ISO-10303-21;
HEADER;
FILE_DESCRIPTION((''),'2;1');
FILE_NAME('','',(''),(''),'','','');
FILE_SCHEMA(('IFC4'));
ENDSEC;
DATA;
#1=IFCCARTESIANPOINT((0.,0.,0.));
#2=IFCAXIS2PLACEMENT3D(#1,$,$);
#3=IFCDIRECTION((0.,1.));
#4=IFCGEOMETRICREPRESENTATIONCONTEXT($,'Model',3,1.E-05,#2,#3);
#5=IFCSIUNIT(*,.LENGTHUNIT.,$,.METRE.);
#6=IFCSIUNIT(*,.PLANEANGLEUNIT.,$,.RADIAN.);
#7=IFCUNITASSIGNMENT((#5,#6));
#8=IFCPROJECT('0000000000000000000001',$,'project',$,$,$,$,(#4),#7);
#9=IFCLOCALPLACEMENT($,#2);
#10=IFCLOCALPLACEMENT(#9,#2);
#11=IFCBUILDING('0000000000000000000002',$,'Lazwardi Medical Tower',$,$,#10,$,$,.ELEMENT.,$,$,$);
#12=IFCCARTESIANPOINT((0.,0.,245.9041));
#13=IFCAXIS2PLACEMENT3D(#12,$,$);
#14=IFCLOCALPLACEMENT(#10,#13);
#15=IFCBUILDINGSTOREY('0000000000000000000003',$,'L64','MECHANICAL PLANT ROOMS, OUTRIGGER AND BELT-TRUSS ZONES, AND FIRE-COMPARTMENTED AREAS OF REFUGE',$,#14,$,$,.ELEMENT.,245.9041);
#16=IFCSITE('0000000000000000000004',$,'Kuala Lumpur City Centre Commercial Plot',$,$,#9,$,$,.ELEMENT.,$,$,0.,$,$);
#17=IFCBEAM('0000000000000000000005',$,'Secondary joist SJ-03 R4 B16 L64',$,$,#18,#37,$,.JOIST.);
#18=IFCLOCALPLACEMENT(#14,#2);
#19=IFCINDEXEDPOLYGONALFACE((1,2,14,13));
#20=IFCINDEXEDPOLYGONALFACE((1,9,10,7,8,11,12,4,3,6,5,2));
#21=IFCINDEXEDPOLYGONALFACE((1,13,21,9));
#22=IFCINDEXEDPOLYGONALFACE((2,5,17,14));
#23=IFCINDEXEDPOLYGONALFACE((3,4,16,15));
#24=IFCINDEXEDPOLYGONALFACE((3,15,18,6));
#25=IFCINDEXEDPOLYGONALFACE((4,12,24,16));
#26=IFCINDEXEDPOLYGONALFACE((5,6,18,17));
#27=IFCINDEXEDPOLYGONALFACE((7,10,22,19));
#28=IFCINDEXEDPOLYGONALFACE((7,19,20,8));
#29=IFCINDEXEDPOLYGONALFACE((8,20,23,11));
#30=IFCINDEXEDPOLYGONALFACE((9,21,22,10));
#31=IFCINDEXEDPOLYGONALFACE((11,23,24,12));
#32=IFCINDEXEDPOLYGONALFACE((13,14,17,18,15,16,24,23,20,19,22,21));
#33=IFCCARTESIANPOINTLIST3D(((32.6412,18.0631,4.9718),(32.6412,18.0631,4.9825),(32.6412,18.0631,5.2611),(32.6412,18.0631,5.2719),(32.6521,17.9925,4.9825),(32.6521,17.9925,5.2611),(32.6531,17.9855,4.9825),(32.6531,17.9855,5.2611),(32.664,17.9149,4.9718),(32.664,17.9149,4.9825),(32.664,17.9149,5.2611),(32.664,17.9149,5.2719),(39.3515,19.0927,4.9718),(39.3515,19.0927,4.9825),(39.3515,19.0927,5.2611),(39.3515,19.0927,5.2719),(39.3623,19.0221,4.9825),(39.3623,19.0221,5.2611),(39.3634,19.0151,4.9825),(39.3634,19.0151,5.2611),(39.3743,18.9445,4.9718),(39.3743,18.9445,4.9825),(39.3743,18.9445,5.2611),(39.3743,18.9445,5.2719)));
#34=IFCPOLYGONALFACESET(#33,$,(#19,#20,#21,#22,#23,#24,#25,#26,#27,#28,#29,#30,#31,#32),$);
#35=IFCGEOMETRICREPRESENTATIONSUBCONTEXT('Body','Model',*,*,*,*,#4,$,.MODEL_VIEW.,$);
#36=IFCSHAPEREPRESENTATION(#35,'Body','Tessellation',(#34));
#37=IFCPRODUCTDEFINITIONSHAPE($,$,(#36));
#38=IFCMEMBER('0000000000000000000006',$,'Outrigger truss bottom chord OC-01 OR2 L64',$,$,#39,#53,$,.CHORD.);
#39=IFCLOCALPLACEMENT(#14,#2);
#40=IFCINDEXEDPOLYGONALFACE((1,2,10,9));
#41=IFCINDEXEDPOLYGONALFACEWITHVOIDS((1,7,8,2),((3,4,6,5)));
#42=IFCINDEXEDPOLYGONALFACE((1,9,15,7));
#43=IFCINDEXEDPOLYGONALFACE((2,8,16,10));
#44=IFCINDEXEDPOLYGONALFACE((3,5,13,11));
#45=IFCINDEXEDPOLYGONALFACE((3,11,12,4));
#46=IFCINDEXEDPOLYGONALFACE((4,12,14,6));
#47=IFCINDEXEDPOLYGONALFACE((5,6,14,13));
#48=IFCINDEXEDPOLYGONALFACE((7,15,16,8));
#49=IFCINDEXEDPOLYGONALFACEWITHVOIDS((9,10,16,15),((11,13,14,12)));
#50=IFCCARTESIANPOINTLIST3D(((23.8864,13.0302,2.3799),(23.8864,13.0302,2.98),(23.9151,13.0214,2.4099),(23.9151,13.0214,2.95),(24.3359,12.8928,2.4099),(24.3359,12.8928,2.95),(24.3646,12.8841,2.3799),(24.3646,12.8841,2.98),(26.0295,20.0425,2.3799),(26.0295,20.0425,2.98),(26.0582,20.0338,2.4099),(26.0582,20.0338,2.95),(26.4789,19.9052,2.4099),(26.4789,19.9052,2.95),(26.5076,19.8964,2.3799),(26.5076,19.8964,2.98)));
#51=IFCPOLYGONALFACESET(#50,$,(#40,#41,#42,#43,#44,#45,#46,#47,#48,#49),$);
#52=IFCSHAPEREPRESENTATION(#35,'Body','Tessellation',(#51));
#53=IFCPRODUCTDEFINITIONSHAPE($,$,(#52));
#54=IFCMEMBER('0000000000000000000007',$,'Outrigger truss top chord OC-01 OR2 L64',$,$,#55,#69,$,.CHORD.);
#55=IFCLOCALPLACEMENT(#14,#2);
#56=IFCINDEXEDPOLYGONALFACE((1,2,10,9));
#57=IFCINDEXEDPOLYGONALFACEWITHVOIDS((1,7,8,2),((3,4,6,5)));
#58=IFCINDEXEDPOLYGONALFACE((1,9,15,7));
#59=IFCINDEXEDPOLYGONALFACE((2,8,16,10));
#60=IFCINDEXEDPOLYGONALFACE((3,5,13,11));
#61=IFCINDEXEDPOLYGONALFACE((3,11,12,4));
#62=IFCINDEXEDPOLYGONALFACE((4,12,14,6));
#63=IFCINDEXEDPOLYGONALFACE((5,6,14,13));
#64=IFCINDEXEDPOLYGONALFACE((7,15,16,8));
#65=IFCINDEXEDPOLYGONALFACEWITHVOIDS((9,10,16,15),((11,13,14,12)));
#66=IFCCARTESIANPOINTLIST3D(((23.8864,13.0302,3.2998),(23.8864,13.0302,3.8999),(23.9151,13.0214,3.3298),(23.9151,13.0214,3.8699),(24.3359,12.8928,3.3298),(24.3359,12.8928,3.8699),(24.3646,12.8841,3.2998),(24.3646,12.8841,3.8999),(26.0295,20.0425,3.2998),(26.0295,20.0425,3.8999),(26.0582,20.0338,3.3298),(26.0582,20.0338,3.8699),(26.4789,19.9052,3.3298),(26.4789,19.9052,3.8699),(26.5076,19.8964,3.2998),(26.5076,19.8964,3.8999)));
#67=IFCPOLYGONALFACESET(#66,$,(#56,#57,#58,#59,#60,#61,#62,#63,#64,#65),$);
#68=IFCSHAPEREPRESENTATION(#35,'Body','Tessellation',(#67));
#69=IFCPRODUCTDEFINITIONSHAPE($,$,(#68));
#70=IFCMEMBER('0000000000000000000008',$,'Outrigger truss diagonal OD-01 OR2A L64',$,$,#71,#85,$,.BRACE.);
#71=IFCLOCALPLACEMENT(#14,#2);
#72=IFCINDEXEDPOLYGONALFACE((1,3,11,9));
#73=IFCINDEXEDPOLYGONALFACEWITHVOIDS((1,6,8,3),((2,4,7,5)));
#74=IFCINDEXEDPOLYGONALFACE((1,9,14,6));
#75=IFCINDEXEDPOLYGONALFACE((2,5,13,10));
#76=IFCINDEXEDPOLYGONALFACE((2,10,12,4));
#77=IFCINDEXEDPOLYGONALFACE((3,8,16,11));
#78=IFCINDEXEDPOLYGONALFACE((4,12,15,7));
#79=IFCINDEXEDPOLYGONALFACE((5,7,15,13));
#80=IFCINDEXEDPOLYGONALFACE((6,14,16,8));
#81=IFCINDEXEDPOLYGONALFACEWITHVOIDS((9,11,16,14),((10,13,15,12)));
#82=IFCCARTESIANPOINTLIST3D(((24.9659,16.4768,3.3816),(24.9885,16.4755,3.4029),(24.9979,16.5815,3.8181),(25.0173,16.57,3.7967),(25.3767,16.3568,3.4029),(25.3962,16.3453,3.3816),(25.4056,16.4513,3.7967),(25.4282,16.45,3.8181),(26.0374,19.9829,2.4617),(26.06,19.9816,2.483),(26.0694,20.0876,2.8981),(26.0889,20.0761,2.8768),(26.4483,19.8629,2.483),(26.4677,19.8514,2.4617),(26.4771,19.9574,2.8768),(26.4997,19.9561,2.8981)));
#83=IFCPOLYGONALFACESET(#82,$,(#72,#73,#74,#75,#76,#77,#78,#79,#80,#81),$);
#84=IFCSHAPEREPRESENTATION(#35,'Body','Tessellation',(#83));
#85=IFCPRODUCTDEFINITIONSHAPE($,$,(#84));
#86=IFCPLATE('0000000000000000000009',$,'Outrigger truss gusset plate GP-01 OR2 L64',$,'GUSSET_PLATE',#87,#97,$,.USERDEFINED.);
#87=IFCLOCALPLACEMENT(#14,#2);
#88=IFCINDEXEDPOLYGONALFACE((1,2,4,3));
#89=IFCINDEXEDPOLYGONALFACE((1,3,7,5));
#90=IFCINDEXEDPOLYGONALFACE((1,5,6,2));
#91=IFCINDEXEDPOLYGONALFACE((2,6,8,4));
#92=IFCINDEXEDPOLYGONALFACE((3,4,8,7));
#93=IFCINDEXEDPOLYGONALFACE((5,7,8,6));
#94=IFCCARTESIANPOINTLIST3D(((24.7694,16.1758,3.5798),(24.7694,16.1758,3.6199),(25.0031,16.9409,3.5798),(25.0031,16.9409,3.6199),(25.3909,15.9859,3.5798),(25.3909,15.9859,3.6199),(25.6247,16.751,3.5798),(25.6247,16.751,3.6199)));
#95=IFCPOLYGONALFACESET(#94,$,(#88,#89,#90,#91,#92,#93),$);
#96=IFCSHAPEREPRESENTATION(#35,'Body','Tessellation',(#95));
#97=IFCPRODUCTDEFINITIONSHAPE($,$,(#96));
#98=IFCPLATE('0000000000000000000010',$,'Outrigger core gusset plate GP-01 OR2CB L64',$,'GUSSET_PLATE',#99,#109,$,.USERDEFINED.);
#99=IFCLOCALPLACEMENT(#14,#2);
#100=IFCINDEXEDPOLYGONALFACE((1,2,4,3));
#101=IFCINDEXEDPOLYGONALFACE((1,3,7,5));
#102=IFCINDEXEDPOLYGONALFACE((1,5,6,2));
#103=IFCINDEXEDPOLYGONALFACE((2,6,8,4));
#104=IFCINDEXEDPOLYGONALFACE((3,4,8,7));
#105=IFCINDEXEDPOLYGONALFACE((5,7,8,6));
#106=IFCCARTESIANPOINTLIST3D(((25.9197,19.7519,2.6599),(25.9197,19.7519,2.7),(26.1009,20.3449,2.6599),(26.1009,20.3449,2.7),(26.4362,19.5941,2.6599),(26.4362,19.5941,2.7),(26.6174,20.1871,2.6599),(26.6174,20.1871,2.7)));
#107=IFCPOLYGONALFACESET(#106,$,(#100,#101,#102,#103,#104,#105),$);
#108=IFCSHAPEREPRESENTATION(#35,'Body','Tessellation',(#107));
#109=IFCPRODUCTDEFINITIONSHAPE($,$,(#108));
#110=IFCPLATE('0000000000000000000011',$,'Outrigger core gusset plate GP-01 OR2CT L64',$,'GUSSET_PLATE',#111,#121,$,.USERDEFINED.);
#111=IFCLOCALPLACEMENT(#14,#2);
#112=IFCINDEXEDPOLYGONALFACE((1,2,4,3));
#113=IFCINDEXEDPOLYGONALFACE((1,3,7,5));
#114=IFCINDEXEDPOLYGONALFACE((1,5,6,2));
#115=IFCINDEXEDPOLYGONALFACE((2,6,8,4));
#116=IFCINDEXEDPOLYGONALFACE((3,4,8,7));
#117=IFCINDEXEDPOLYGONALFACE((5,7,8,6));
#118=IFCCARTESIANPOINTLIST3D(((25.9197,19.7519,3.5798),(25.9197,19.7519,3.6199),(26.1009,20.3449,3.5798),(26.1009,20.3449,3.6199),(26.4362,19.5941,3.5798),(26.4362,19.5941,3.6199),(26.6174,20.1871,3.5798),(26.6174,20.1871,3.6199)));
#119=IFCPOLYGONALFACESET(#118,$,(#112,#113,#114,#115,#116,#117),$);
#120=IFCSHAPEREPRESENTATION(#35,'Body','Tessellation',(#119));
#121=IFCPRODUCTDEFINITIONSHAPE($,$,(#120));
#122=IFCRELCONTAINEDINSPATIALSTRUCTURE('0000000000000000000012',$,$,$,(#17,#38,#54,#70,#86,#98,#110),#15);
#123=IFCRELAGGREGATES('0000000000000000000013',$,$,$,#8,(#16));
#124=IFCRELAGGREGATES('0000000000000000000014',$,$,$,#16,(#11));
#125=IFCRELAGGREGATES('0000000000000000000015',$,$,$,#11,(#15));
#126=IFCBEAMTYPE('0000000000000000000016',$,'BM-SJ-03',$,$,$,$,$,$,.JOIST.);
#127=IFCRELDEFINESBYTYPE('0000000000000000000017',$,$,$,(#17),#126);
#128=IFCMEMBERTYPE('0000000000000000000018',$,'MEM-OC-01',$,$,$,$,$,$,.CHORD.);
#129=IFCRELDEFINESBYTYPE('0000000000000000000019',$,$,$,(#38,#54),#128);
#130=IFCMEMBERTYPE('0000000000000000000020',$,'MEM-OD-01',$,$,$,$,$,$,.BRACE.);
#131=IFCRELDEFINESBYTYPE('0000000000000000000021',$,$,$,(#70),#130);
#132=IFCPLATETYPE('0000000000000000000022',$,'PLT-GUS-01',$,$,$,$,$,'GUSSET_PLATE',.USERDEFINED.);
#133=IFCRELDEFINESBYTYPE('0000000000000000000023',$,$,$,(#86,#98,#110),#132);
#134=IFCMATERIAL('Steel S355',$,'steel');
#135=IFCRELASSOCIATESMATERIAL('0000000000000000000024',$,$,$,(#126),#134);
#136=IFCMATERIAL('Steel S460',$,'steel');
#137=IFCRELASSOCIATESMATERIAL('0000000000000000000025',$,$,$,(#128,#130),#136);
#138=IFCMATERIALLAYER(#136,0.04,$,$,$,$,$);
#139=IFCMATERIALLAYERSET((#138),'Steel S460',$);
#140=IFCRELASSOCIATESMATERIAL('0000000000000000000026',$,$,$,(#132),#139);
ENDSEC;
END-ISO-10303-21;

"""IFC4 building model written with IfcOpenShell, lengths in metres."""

from ifc_helpers import new_model, si_unit, direction, frame, origin, origin_2d, place, context, subcontext, project, spatial, rectangle, hollow_rectangle, i_section, extrude, material, layer, layer_set, material_profile, profile_set, type_object, element, save


model = new_model("IFC4")

# Units and contexts
model_context = context("Model", 3, precision=1e-05, world=origin(), true_north=direction((0.0, 1.0)))
body_context = subcontext(model_context, "Body", "Model", "MODEL_VIEW")
ifc_project = project(units=[si_unit("LENGTHUNIT", "METRE"), si_unit("PLANEANGLEUNIT", "RADIAN")], contexts=[model_context])

# Site, building, storey
site_placement = place(None, origin())
site = spatial("IfcSite", under=ifc_project, at=site_placement, Name="Kuala Lumpur City Centre Commercial Plot", CompositionType="ELEMENT", RefElevation=0.0)
building_placement = place(site_placement, origin())
building = spatial("IfcBuilding", under=site, at=building_placement, Name="Lazwardi Medical Tower", CompositionType="ELEMENT")
storey_placement = place(building_placement, frame((0.0, 0.0, 245.9041)))
storey = spatial("IfcBuildingStorey", under=building, at=storey_placement, Name="L64", Description="MECHANICAL PLANT ROOMS, OUTRIGGER AND BELT-TRUSS ZONES, AND FIRE-COMPARTMENTED AREAS OF REFUGE", CompositionType="ELEMENT", Elevation=245.9041)

# Beam
ifc_material_1 = material(Name="Steel S355", Category="steel")
ifc_material_profile_1 = material_profile(ifc_material_1, i_section(OverallWidth=0.1499, OverallDepth=0.3, WebThickness=0.0071, FlangeThickness=0.0107, at=origin_2d()), Name="IPE 300")
ifc_profile_set_1 = profile_set([ifc_material_profile_1], Name="Steel S355")
beam_type_1 = type_object("IfcBeamType", Name="BM-SJ-03", PredefinedType="JOIST", material=ifc_profile_set_1)
beam_1_placement = place(storey_placement, frame((32.6526, 17.989, 5.1218), z_axis=(0.988434, 0.151655, 0.0), x_axis=(-0.151655, 0.988434, 0.0)))
element("IfcBeam", 1, at=beam_1_placement, inside=storey, type_object=beam_type_1, Name="Secondary joist SJ-03 R4 B16 L64", PredefinedType="JOIST", context=body_context, shape_type="SweptSolid", body=[
    extrude(i_section(OverallWidth=0.1499, OverallDepth=0.3, WebThickness=0.0071, FlangeThickness=0.0107, at=origin_2d()), origin(), (0.0, 0.0, 1.0), 6.7888),
])

# Members
ifc_material_2 = material(Name="Steel S460", Category="steel")
ifc_material_profile_2 = material_profile(ifc_material_2, hollow_rectangle(XDim=0.5, YDim=0.6001, WallThickness=0.03, at=origin_2d()), Name="RHS 600x500x30")
ifc_profile_set_2 = profile_set([ifc_material_profile_2], Name="Steel S460")
member_type_1 = type_object("IfcMemberType", Name="MEM-OC-01", PredefinedType="CHORD", material=ifc_profile_set_2)
for number, where, z_axis, x_axis, name in (
    (2, (26.2686, 19.9695, 2.6799), (-0.292265, -0.956337, 0.0), (0.956337, -0.292265, 0.0), "Outrigger truss bottom chord OC-01 OR2 L64"),
    (3, (26.2686, 19.9695, 3.5999), (-0.292265, -0.956337, 0.0), (0.956337, -0.292265, 0.0), "Outrigger truss top chord OC-01 OR2 L64"),
):
    element("IfcMember", number, at=place(storey_placement, frame(where, z_axis=z_axis, x_axis=x_axis)), inside=storey, type_object=member_type_1, Name=name, PredefinedType="CHORD", context=body_context, shape_type="SweptSolid", body=[
        extrude(hollow_rectangle(XDim=0.5, YDim=0.6001, WallThickness=0.03, at=origin_2d()), origin(), (0.0, 0.0, 1.0), 7.3325),
    ])
ifc_material_profile_3 = material_profile(ifc_material_2, hollow_rectangle(XDim=0.45, YDim=0.45, WallThickness=0.022, at=origin_2d()), Name="RHS 450x450x22")
ifc_profile_set_3 = profile_set([ifc_material_profile_3], Name="Steel S460")
member_type_2 = type_object("IfcMemberType", Name="MEM-OD-01", PredefinedType="BRACE", material=ifc_profile_set_3)
member_placement = place(storey_placement, frame((26.2686, 19.9695, 2.6799), z_axis=(-0.283486, -0.92758, 0.243376), x_axis=(0.956335, -0.292274, 0.0)))
element("IfcMember", 4, at=member_placement, inside=storey, type_object=member_type_2, Name="Outrigger truss diagonal OD-01 OR2A L64", PredefinedType="BRACE", context=body_context, shape_type="SweptSolid", body=[
    extrude(hollow_rectangle(XDim=0.45, YDim=0.45, WallThickness=0.022, at=origin_2d()), origin(), (0.0, 0.0, 1.0), 3.7798),
])

# Plates
ifc_layer = layer(ifc_material_2, 0.04)
ifc_layer_set = layer_set([ifc_layer], Name="Steel S460")
plate_type = type_object("IfcPlateType", Name="PLT-GUS-01", ElementType="GUSSET_PLATE", PredefinedType="USERDEFINED", material=ifc_layer_set)
plate_placement = place(storey_placement, frame((25.197, 16.4634, 3.5798), z_axis=(0.0, 0.0, 1.0), x_axis=(-0.292205, -0.956356, 0.0)))
element("IfcPlate", 5, at=plate_placement, inside=storey, type_object=plate_type, Name="Outrigger truss gusset plate GP-01 OR2 L64", ObjectType="GUSSET_PLATE", PredefinedType="USERDEFINED", context=body_context, shape_type="SweptSolid", body=[
    extrude(rectangle(XDim=0.8, YDim=0.6499, at=origin_2d()), origin(), (0.0, 0.0, 1.0), 0.04),
])
for number, where, z_axis, x_axis, name in (
    (6, (26.2686, 19.9695, 2.6599), (0.0, 0.0, 1.0), (-0.292205, -0.956356, 0.0), "Outrigger core gusset plate GP-01 OR2CB L64"),
    (7, (26.2686, 19.9695, 3.5798), (0.0, 0.0, 1.0), (-0.292205, -0.956356, 0.0), "Outrigger core gusset plate GP-01 OR2CT L64"),
):
    element("IfcPlate", number, at=place(storey_placement, frame(where, z_axis=z_axis, x_axis=x_axis)), inside=storey, type_object=plate_type, Name=name, ObjectType="GUSSET_PLATE", PredefinedType="USERDEFINED", context=body_context, shape_type="SweptSolid", body=[
        extrude(rectangle(XDim=0.6201, YDim=0.54, at=origin_2d()), origin(), (0.0, 0.0, 1.0), 0.04),
    ])

save(model, "model.ifc")
